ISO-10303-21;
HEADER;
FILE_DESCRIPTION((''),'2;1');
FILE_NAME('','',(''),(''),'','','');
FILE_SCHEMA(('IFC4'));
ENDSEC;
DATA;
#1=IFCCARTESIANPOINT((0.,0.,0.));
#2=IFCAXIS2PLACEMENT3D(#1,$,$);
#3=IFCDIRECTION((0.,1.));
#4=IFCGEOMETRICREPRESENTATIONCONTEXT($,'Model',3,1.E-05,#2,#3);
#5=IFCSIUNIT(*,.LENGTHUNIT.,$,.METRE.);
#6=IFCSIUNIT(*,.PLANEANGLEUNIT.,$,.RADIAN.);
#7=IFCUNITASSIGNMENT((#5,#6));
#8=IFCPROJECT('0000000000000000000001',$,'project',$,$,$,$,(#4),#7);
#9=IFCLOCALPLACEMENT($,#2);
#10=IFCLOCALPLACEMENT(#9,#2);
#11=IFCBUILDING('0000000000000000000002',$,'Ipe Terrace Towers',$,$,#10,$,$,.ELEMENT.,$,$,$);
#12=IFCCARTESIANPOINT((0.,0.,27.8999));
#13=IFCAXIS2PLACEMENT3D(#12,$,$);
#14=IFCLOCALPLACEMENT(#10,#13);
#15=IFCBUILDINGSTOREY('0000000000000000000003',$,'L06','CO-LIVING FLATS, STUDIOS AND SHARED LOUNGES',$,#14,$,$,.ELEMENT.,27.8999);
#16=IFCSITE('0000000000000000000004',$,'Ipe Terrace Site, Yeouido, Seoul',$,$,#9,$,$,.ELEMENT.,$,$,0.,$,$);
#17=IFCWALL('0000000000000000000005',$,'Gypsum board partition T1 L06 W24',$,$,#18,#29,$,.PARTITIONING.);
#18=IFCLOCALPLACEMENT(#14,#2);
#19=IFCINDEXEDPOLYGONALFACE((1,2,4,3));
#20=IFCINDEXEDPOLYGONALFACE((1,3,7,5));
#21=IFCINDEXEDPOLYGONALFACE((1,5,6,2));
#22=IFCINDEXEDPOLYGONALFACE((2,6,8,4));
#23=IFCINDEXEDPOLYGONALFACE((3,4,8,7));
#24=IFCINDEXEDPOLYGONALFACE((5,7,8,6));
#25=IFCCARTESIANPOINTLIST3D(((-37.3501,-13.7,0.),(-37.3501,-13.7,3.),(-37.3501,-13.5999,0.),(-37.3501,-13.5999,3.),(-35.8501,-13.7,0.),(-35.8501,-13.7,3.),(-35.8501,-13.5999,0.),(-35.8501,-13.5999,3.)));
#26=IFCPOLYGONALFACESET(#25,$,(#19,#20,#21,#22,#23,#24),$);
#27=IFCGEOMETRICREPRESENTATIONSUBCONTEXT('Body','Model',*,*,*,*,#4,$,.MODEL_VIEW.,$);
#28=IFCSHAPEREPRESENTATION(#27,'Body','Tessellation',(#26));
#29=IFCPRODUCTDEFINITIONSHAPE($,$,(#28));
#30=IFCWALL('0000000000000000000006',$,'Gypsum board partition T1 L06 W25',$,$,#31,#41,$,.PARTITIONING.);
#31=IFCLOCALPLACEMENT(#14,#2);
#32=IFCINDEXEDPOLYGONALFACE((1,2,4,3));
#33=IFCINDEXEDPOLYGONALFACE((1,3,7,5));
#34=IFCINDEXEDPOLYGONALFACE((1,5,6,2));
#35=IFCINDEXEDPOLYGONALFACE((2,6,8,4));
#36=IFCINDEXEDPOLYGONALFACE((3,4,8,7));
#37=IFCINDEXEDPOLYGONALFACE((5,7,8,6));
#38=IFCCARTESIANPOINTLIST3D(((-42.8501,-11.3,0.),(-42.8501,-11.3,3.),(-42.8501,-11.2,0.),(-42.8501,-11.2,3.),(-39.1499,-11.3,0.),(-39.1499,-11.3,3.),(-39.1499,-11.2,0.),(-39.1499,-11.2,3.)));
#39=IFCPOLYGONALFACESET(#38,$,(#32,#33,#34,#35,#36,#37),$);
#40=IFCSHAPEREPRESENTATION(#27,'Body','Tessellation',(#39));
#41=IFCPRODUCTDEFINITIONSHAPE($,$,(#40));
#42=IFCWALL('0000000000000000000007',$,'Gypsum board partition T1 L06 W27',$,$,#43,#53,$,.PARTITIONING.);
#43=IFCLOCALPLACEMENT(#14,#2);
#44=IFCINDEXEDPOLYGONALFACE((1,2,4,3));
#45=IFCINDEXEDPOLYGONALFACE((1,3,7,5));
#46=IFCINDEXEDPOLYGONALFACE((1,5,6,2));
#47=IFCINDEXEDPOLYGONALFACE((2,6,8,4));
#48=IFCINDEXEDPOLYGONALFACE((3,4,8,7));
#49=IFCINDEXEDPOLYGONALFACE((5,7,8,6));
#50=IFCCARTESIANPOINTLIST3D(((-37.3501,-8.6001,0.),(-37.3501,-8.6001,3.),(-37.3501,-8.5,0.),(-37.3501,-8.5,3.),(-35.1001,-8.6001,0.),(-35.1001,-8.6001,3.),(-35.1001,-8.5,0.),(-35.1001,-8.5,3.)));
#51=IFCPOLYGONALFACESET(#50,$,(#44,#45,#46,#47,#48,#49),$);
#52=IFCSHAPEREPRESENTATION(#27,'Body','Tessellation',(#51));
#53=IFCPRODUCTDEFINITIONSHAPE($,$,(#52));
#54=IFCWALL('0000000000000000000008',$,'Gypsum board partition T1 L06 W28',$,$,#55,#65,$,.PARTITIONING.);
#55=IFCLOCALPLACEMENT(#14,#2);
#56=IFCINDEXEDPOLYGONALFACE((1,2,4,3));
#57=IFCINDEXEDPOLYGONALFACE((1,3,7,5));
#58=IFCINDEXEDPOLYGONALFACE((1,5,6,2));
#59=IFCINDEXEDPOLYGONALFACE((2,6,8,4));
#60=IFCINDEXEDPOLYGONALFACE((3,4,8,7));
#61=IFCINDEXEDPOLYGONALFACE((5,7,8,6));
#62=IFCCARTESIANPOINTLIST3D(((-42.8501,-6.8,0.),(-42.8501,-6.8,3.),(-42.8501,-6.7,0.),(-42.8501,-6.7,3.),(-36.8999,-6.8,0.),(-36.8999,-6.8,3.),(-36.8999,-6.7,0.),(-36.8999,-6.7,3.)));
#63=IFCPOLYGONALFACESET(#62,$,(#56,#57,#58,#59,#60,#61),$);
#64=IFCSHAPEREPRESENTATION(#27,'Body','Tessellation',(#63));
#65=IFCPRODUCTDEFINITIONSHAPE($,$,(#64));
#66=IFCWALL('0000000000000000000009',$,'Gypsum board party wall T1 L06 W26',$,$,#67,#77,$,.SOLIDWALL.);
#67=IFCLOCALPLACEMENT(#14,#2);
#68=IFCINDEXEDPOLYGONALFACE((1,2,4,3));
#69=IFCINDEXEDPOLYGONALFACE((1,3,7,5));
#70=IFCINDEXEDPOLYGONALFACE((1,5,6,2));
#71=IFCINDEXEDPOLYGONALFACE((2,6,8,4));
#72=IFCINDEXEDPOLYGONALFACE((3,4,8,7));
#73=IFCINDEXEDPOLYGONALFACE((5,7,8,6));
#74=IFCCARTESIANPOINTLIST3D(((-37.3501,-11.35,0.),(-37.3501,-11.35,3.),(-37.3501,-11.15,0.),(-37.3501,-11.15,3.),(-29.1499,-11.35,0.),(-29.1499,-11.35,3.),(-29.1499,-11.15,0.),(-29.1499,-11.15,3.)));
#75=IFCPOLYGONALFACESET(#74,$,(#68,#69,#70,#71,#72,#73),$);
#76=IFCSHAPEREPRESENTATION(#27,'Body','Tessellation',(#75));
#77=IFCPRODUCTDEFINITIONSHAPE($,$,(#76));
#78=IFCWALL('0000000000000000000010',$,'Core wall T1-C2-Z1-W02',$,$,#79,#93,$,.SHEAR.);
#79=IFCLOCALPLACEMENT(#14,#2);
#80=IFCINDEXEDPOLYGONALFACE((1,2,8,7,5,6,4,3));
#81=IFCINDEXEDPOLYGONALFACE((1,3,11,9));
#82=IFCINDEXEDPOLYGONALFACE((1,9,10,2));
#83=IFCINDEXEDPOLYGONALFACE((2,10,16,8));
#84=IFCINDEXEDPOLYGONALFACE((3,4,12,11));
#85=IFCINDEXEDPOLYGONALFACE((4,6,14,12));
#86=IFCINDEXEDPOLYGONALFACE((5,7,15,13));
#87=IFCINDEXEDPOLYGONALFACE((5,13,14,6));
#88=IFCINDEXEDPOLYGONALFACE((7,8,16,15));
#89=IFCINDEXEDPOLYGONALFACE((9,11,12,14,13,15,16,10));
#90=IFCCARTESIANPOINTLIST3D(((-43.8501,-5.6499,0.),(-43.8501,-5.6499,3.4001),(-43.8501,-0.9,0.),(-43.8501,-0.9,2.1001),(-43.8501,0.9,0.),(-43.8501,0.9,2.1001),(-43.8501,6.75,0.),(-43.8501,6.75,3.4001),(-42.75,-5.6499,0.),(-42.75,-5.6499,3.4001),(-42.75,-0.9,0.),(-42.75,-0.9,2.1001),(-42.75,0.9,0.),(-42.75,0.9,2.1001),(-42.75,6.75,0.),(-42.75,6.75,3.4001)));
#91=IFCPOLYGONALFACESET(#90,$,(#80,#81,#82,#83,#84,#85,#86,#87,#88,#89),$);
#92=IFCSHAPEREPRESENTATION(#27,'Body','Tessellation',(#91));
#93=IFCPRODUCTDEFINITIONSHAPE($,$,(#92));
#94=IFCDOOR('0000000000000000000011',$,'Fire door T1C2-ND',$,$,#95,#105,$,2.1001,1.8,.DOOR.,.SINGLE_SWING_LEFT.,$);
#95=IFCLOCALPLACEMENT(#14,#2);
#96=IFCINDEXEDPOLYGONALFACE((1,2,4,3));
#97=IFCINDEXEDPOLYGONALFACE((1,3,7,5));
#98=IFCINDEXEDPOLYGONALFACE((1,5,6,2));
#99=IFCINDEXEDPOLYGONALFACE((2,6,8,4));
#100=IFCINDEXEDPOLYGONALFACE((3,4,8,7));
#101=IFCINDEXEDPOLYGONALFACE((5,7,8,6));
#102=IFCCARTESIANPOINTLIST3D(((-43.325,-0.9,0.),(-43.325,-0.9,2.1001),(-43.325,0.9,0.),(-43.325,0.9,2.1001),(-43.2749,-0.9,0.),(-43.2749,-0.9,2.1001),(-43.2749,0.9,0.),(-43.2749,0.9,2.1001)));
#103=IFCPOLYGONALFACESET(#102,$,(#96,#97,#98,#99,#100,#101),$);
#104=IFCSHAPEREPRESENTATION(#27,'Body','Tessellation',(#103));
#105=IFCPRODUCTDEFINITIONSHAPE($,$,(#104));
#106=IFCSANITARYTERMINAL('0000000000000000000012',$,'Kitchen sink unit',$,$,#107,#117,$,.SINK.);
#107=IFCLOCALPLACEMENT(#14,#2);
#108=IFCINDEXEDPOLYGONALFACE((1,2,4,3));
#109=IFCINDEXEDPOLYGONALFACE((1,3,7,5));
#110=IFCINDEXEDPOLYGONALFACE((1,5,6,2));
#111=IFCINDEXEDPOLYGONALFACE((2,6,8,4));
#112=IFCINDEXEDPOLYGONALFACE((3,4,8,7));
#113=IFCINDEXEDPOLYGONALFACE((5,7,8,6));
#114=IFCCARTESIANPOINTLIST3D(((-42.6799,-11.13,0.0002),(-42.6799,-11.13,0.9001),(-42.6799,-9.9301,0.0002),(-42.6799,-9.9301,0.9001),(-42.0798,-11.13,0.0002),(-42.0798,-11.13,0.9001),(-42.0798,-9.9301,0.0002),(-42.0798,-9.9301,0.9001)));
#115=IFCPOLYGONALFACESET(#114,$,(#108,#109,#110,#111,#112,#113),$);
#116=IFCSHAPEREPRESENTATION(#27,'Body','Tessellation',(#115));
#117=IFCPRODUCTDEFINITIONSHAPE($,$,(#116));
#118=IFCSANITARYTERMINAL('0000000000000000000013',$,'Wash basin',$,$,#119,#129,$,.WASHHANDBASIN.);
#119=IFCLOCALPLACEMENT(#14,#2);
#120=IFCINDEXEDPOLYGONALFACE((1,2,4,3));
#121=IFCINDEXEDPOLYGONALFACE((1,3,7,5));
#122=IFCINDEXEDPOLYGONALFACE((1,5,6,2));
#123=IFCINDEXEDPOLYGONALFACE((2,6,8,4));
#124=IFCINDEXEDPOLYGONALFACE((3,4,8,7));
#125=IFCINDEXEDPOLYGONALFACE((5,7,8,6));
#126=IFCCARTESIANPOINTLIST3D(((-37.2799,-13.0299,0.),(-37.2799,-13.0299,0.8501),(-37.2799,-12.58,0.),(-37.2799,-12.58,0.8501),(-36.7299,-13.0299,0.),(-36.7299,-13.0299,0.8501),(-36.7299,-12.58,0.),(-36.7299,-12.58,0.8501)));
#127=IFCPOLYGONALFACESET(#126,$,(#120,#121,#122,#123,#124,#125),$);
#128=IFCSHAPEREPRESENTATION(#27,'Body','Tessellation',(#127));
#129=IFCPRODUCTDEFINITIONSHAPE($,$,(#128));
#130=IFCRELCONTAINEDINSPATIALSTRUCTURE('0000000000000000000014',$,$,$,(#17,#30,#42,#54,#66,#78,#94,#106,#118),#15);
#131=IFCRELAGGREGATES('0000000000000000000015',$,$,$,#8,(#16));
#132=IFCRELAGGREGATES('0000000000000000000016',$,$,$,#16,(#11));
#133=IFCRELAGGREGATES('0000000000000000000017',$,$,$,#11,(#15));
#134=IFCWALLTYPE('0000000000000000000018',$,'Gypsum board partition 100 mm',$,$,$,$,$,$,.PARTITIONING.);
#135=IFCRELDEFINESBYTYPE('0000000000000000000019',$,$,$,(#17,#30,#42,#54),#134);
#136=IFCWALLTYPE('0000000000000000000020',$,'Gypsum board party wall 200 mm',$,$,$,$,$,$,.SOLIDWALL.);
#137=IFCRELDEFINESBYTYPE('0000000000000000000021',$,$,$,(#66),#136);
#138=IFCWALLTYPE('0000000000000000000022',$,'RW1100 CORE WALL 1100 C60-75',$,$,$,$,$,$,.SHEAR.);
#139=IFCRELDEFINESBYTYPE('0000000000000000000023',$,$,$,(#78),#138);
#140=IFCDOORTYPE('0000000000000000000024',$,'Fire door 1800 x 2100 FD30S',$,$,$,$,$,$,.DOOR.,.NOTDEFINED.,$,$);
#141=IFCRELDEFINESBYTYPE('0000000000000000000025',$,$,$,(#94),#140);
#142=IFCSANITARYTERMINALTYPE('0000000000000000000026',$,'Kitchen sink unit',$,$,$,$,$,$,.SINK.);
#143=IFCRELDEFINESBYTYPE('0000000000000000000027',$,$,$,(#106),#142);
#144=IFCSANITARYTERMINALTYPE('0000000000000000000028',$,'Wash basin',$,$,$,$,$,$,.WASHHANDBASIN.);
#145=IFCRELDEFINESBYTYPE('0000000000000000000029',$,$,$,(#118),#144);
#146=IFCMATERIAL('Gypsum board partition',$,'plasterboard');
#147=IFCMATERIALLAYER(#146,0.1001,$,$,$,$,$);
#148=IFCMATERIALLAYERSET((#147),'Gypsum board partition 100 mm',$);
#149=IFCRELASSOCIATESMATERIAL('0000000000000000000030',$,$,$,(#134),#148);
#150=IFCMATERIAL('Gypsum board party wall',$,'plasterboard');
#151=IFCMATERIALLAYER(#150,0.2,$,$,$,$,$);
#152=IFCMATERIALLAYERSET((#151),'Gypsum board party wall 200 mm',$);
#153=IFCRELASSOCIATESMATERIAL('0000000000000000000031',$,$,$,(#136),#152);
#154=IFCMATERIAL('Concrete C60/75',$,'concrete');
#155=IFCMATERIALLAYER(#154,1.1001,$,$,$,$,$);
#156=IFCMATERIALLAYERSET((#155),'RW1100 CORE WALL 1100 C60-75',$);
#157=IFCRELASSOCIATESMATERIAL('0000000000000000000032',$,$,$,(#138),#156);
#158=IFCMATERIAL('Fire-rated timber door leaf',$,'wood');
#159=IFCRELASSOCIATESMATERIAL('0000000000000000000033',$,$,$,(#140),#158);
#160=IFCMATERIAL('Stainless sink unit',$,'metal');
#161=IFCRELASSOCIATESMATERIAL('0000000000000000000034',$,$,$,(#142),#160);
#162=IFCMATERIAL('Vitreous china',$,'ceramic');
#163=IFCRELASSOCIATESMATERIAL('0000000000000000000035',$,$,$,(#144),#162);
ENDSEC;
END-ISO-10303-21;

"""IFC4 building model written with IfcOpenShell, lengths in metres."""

from ifc_helpers import new_model, si_unit, direction, frame, frame_2d, origin, origin_2d, place, context, subcontext, project, spatial, rectangle, extrude, material, layer, layer_set, type_object, element, fill, save


model = new_model("IFC4")

# Units and contexts
model_context = context("Model", 3, precision=1e-05, world=origin(), true_north=direction((0.0, 1.0)))
body_context = subcontext(model_context, "Body", "Model", "MODEL_VIEW")
ifc_project = project(units=[si_unit("LENGTHUNIT", "METRE"), si_unit("PLANEANGLEUNIT", "RADIAN")], contexts=[model_context])

# Site, building, storey
site_placement = place(None, origin())
site = spatial("IfcSite", under=ifc_project, at=site_placement, Name="Ipe Terrace Site, Yeouido, Seoul", CompositionType="ELEMENT", RefElevation=0.0)
building_placement = place(site_placement, origin())
building = spatial("IfcBuilding", under=site, at=building_placement, Name="Ipe Terrace Towers", CompositionType="ELEMENT")
storey_placement = place(building_placement, frame((0.0, 0.0, 27.8999)))
storey = spatial("IfcBuildingStorey", under=building, at=storey_placement, Name="L06", Description="CO-LIVING FLATS, STUDIOS AND SHARED LOUNGES", CompositionType="ELEMENT", Elevation=27.8999)

# Shared definitions
ifc_material_1 = material(Name="Gypsum board partition", Category="plasterboard")
ifc_layer_1 = layer(ifc_material_1, 0.1001)
ifc_layer_set_1 = layer_set([ifc_layer_1], Name="Gypsum board partition 100 mm")
wall_type_1 = type_object("IfcWallType", Name="Gypsum board partition 100 mm", PredefinedType="PARTITIONING", material=ifc_layer_set_1)

# Walls
wall_1_placement = place(storey_placement, frame((-37.3501, -13.6499, 0.0), z_axis=(0.0, 0.0, 1.0), x_axis=(1.0, 0.0, 0.0)))
element("IfcWall", 1, at=wall_1_placement, inside=storey, type_object=wall_type_1, Name="Gypsum board partition T1 L06 W24", PredefinedType="PARTITIONING", context=body_context, shape_type="SweptSolid", body=[
    extrude(rectangle(XDim=1.5, YDim=0.1001, at=frame_2d((0.75, 0.0))), origin(), (0.0, 0.0, 1.0), 3.0),
])
wall_2_placement = place(storey_placement, frame((-42.8501, -11.25, 0.0), z_axis=(0.0, 0.0, 1.0), x_axis=(1.0, 0.0, 0.0)))
element("IfcWall", 2, at=wall_2_placement, inside=storey, type_object=wall_type_1, Name="Gypsum board partition T1 L06 W25", PredefinedType="PARTITIONING", context=body_context, shape_type="SweptSolid", body=[
    extrude(rectangle(XDim=3.7002, YDim=0.1001, at=frame_2d((1.8501, 0.0))), origin(), (0.0, 0.0, 1.0), 3.0),
])
wall_3_placement = place(storey_placement, frame((-37.3501, -8.55, 0.0), z_axis=(0.0, 0.0, 1.0), x_axis=(1.0, 0.0, 0.0)))
element("IfcWall", 3, at=wall_3_placement, inside=storey, type_object=wall_type_1, Name="Gypsum board partition T1 L06 W27", PredefinedType="PARTITIONING", context=body_context, shape_type="SweptSolid", body=[
    extrude(rectangle(XDim=2.25, YDim=0.1001, at=frame_2d((1.125, 0.0))), origin(), (0.0, 0.0, 1.0), 3.0),
])
wall_4_placement = place(storey_placement, frame((-42.8501, -6.75, 0.0), z_axis=(0.0, 0.0, 1.0), x_axis=(1.0, 0.0, 0.0)))
element("IfcWall", 4, at=wall_4_placement, inside=storey, type_object=wall_type_1, Name="Gypsum board partition T1 L06 W28", PredefinedType="PARTITIONING", context=body_context, shape_type="SweptSolid", body=[
    extrude(rectangle(XDim=5.9502, YDim=0.1001, at=frame_2d((2.9751, 0.0))), origin(), (0.0, 0.0, 1.0), 3.0),
])
ifc_material_2 = material(Name="Gypsum board party wall", Category="plasterboard")
ifc_layer_2 = layer(ifc_material_2, 0.2)
ifc_layer_set_2 = layer_set([ifc_layer_2], Name="Gypsum board party wall 200 mm")
wall_type_2 = type_object("IfcWallType", Name="Gypsum board party wall 200 mm", PredefinedType="SOLIDWALL", material=ifc_layer_set_2)
wall_5_placement = place(storey_placement, frame((-37.3501, -11.25, 0.0), z_axis=(0.0, 0.0, 1.0), x_axis=(1.0, 0.0, 0.0)))
element("IfcWall", 5, at=wall_5_placement, inside=storey, type_object=wall_type_2, Name="Gypsum board party wall T1 L06 W26", PredefinedType="SOLIDWALL", context=body_context, shape_type="SweptSolid", body=[
    extrude(rectangle(XDim=8.2002, YDim=0.2, at=frame_2d((4.1001, 0.0))), origin(), (0.0, 0.0, 1.0), 3.0),
])

# Wall, opening, door
ifc_material_3 = material(Name="Concrete C60/75", Category="concrete")
ifc_layer_3 = layer(ifc_material_3, 1.1001)
ifc_layer_set_3 = layer_set([ifc_layer_3], Name="RW1100 CORE WALL 1100 C60-75")
wall_type_3 = type_object("IfcWallType", Name="RW1100 CORE WALL 1100 C60-75", PredefinedType="SHEAR", material=ifc_layer_set_3)
wall_6_placement = place(storey_placement, frame((-43.3, -5.6499, 0.0), z_axis=(0.0, 0.0, 1.0), x_axis=(0.0, 1.0, 0.0)))
wall_6 = element("IfcWall", 6, at=wall_6_placement, inside=storey, type_object=wall_type_3, Name="Core wall T1-C2-Z1-W02", PredefinedType="SHEAR", context=body_context, shape_type="SweptSolid", body=[
    extrude(rectangle(XDim=12.3999, YDim=1.1001, at=frame_2d((6.2, 0.0))), origin(), (0.0, 0.0, 1.0), 3.4001),
])
opening_1_placement = place(wall_6_placement, frame((4.75, 0.0, 0.0)))
opening_1 = element("IfcOpeningElement", 7, at=opening_1_placement, cuts=wall_6, PredefinedType="OPENING", context=body_context, shape_type="SweptSolid", body=[
    extrude(rectangle(XDim=1.8, YDim=2.1001, at=frame_2d((0.8999, 1.05))), frame((0.0, 0.5601, 0.0), z_axis=(0.0, -1.0, 0.0), x_axis=(1.0, 0.0, 0.0)), (0.0, 0.0, 1.0), 1.1201),
])
ifc_material_4 = material(Name="Fire-rated timber door leaf", Category="wood")
door_type_1 = type_object("IfcDoorType", Name="Fire door 1800 x 2100 FD30S", OperationType="NOTDEFINED", PredefinedType="DOOR", material=ifc_material_4)
door_1_placement = place(opening_1_placement, origin())
door_1 = element("IfcDoor", 8, at=door_1_placement, inside=storey, type_object=door_type_1, Name="Fire door T1C2-ND", OperationType="SINGLE_SWING_LEFT", OverallHeight=2.1001, OverallWidth=1.8, PredefinedType="DOOR", context=body_context, shape_type="SweptSolid", body=[
    extrude(rectangle(XDim=1.8, YDim=2.1001, at=frame_2d((0.8999, 1.05))), frame((0.0, 0.0249, 0.0), z_axis=(0.0, -1.0, 0.0), x_axis=(1.0, 0.0, 0.0)), (0.0, 0.0, 1.0), 0.05),
])
fill(opening_1, door_1)

# Sanitary terminals
ifc_material_5 = material(Name="Stainless sink unit", Category="metal")
sanitary_terminal_type_1 = type_object("IfcSanitaryTerminalType", Name="Kitchen sink unit", PredefinedType="SINK", material=ifc_material_5)
sanitary_terminal_1_placement = place(storey_placement, frame((-42.3799, -10.53, 0.0002), z_axis=(0.0, 0.0, 1.0), x_axis=(0.0, 1.0, 0.0)))
element("IfcSanitaryTerminal", 9, at=sanitary_terminal_1_placement, inside=storey, type_object=sanitary_terminal_type_1, Name="Kitchen sink unit", PredefinedType="SINK", context=body_context, shape_type="SweptSolid", body=[
    extrude(rectangle(XDim=1.2, YDim=0.6001, at=origin_2d()), origin(), (0.0, 0.0, 1.0), 0.8999),
])
ifc_material_6 = material(Name="Vitreous china", Category="ceramic")
sanitary_terminal_type_2 = type_object("IfcSanitaryTerminalType", Name="Wash basin", PredefinedType="WASHHANDBASIN", material=ifc_material_6)
sanitary_terminal_2_placement = place(storey_placement, frame((-37.0049, -12.8049, 0.0), z_axis=(0.0, 0.0, 1.0), x_axis=(1.0, 0.0, 0.0)))
element("IfcSanitaryTerminal", 10, at=sanitary_terminal_2_placement, inside=storey, type_object=sanitary_terminal_type_2, Name="Wash basin", PredefinedType="WASHHANDBASIN", context=body_context, shape_type="SweptSolid", body=[
    extrude(rectangle(XDim=0.55, YDim=0.45, at=origin_2d()), origin(), (0.0, 0.0, 1.0), 0.8501),
])

save(model, "model.ifc")
